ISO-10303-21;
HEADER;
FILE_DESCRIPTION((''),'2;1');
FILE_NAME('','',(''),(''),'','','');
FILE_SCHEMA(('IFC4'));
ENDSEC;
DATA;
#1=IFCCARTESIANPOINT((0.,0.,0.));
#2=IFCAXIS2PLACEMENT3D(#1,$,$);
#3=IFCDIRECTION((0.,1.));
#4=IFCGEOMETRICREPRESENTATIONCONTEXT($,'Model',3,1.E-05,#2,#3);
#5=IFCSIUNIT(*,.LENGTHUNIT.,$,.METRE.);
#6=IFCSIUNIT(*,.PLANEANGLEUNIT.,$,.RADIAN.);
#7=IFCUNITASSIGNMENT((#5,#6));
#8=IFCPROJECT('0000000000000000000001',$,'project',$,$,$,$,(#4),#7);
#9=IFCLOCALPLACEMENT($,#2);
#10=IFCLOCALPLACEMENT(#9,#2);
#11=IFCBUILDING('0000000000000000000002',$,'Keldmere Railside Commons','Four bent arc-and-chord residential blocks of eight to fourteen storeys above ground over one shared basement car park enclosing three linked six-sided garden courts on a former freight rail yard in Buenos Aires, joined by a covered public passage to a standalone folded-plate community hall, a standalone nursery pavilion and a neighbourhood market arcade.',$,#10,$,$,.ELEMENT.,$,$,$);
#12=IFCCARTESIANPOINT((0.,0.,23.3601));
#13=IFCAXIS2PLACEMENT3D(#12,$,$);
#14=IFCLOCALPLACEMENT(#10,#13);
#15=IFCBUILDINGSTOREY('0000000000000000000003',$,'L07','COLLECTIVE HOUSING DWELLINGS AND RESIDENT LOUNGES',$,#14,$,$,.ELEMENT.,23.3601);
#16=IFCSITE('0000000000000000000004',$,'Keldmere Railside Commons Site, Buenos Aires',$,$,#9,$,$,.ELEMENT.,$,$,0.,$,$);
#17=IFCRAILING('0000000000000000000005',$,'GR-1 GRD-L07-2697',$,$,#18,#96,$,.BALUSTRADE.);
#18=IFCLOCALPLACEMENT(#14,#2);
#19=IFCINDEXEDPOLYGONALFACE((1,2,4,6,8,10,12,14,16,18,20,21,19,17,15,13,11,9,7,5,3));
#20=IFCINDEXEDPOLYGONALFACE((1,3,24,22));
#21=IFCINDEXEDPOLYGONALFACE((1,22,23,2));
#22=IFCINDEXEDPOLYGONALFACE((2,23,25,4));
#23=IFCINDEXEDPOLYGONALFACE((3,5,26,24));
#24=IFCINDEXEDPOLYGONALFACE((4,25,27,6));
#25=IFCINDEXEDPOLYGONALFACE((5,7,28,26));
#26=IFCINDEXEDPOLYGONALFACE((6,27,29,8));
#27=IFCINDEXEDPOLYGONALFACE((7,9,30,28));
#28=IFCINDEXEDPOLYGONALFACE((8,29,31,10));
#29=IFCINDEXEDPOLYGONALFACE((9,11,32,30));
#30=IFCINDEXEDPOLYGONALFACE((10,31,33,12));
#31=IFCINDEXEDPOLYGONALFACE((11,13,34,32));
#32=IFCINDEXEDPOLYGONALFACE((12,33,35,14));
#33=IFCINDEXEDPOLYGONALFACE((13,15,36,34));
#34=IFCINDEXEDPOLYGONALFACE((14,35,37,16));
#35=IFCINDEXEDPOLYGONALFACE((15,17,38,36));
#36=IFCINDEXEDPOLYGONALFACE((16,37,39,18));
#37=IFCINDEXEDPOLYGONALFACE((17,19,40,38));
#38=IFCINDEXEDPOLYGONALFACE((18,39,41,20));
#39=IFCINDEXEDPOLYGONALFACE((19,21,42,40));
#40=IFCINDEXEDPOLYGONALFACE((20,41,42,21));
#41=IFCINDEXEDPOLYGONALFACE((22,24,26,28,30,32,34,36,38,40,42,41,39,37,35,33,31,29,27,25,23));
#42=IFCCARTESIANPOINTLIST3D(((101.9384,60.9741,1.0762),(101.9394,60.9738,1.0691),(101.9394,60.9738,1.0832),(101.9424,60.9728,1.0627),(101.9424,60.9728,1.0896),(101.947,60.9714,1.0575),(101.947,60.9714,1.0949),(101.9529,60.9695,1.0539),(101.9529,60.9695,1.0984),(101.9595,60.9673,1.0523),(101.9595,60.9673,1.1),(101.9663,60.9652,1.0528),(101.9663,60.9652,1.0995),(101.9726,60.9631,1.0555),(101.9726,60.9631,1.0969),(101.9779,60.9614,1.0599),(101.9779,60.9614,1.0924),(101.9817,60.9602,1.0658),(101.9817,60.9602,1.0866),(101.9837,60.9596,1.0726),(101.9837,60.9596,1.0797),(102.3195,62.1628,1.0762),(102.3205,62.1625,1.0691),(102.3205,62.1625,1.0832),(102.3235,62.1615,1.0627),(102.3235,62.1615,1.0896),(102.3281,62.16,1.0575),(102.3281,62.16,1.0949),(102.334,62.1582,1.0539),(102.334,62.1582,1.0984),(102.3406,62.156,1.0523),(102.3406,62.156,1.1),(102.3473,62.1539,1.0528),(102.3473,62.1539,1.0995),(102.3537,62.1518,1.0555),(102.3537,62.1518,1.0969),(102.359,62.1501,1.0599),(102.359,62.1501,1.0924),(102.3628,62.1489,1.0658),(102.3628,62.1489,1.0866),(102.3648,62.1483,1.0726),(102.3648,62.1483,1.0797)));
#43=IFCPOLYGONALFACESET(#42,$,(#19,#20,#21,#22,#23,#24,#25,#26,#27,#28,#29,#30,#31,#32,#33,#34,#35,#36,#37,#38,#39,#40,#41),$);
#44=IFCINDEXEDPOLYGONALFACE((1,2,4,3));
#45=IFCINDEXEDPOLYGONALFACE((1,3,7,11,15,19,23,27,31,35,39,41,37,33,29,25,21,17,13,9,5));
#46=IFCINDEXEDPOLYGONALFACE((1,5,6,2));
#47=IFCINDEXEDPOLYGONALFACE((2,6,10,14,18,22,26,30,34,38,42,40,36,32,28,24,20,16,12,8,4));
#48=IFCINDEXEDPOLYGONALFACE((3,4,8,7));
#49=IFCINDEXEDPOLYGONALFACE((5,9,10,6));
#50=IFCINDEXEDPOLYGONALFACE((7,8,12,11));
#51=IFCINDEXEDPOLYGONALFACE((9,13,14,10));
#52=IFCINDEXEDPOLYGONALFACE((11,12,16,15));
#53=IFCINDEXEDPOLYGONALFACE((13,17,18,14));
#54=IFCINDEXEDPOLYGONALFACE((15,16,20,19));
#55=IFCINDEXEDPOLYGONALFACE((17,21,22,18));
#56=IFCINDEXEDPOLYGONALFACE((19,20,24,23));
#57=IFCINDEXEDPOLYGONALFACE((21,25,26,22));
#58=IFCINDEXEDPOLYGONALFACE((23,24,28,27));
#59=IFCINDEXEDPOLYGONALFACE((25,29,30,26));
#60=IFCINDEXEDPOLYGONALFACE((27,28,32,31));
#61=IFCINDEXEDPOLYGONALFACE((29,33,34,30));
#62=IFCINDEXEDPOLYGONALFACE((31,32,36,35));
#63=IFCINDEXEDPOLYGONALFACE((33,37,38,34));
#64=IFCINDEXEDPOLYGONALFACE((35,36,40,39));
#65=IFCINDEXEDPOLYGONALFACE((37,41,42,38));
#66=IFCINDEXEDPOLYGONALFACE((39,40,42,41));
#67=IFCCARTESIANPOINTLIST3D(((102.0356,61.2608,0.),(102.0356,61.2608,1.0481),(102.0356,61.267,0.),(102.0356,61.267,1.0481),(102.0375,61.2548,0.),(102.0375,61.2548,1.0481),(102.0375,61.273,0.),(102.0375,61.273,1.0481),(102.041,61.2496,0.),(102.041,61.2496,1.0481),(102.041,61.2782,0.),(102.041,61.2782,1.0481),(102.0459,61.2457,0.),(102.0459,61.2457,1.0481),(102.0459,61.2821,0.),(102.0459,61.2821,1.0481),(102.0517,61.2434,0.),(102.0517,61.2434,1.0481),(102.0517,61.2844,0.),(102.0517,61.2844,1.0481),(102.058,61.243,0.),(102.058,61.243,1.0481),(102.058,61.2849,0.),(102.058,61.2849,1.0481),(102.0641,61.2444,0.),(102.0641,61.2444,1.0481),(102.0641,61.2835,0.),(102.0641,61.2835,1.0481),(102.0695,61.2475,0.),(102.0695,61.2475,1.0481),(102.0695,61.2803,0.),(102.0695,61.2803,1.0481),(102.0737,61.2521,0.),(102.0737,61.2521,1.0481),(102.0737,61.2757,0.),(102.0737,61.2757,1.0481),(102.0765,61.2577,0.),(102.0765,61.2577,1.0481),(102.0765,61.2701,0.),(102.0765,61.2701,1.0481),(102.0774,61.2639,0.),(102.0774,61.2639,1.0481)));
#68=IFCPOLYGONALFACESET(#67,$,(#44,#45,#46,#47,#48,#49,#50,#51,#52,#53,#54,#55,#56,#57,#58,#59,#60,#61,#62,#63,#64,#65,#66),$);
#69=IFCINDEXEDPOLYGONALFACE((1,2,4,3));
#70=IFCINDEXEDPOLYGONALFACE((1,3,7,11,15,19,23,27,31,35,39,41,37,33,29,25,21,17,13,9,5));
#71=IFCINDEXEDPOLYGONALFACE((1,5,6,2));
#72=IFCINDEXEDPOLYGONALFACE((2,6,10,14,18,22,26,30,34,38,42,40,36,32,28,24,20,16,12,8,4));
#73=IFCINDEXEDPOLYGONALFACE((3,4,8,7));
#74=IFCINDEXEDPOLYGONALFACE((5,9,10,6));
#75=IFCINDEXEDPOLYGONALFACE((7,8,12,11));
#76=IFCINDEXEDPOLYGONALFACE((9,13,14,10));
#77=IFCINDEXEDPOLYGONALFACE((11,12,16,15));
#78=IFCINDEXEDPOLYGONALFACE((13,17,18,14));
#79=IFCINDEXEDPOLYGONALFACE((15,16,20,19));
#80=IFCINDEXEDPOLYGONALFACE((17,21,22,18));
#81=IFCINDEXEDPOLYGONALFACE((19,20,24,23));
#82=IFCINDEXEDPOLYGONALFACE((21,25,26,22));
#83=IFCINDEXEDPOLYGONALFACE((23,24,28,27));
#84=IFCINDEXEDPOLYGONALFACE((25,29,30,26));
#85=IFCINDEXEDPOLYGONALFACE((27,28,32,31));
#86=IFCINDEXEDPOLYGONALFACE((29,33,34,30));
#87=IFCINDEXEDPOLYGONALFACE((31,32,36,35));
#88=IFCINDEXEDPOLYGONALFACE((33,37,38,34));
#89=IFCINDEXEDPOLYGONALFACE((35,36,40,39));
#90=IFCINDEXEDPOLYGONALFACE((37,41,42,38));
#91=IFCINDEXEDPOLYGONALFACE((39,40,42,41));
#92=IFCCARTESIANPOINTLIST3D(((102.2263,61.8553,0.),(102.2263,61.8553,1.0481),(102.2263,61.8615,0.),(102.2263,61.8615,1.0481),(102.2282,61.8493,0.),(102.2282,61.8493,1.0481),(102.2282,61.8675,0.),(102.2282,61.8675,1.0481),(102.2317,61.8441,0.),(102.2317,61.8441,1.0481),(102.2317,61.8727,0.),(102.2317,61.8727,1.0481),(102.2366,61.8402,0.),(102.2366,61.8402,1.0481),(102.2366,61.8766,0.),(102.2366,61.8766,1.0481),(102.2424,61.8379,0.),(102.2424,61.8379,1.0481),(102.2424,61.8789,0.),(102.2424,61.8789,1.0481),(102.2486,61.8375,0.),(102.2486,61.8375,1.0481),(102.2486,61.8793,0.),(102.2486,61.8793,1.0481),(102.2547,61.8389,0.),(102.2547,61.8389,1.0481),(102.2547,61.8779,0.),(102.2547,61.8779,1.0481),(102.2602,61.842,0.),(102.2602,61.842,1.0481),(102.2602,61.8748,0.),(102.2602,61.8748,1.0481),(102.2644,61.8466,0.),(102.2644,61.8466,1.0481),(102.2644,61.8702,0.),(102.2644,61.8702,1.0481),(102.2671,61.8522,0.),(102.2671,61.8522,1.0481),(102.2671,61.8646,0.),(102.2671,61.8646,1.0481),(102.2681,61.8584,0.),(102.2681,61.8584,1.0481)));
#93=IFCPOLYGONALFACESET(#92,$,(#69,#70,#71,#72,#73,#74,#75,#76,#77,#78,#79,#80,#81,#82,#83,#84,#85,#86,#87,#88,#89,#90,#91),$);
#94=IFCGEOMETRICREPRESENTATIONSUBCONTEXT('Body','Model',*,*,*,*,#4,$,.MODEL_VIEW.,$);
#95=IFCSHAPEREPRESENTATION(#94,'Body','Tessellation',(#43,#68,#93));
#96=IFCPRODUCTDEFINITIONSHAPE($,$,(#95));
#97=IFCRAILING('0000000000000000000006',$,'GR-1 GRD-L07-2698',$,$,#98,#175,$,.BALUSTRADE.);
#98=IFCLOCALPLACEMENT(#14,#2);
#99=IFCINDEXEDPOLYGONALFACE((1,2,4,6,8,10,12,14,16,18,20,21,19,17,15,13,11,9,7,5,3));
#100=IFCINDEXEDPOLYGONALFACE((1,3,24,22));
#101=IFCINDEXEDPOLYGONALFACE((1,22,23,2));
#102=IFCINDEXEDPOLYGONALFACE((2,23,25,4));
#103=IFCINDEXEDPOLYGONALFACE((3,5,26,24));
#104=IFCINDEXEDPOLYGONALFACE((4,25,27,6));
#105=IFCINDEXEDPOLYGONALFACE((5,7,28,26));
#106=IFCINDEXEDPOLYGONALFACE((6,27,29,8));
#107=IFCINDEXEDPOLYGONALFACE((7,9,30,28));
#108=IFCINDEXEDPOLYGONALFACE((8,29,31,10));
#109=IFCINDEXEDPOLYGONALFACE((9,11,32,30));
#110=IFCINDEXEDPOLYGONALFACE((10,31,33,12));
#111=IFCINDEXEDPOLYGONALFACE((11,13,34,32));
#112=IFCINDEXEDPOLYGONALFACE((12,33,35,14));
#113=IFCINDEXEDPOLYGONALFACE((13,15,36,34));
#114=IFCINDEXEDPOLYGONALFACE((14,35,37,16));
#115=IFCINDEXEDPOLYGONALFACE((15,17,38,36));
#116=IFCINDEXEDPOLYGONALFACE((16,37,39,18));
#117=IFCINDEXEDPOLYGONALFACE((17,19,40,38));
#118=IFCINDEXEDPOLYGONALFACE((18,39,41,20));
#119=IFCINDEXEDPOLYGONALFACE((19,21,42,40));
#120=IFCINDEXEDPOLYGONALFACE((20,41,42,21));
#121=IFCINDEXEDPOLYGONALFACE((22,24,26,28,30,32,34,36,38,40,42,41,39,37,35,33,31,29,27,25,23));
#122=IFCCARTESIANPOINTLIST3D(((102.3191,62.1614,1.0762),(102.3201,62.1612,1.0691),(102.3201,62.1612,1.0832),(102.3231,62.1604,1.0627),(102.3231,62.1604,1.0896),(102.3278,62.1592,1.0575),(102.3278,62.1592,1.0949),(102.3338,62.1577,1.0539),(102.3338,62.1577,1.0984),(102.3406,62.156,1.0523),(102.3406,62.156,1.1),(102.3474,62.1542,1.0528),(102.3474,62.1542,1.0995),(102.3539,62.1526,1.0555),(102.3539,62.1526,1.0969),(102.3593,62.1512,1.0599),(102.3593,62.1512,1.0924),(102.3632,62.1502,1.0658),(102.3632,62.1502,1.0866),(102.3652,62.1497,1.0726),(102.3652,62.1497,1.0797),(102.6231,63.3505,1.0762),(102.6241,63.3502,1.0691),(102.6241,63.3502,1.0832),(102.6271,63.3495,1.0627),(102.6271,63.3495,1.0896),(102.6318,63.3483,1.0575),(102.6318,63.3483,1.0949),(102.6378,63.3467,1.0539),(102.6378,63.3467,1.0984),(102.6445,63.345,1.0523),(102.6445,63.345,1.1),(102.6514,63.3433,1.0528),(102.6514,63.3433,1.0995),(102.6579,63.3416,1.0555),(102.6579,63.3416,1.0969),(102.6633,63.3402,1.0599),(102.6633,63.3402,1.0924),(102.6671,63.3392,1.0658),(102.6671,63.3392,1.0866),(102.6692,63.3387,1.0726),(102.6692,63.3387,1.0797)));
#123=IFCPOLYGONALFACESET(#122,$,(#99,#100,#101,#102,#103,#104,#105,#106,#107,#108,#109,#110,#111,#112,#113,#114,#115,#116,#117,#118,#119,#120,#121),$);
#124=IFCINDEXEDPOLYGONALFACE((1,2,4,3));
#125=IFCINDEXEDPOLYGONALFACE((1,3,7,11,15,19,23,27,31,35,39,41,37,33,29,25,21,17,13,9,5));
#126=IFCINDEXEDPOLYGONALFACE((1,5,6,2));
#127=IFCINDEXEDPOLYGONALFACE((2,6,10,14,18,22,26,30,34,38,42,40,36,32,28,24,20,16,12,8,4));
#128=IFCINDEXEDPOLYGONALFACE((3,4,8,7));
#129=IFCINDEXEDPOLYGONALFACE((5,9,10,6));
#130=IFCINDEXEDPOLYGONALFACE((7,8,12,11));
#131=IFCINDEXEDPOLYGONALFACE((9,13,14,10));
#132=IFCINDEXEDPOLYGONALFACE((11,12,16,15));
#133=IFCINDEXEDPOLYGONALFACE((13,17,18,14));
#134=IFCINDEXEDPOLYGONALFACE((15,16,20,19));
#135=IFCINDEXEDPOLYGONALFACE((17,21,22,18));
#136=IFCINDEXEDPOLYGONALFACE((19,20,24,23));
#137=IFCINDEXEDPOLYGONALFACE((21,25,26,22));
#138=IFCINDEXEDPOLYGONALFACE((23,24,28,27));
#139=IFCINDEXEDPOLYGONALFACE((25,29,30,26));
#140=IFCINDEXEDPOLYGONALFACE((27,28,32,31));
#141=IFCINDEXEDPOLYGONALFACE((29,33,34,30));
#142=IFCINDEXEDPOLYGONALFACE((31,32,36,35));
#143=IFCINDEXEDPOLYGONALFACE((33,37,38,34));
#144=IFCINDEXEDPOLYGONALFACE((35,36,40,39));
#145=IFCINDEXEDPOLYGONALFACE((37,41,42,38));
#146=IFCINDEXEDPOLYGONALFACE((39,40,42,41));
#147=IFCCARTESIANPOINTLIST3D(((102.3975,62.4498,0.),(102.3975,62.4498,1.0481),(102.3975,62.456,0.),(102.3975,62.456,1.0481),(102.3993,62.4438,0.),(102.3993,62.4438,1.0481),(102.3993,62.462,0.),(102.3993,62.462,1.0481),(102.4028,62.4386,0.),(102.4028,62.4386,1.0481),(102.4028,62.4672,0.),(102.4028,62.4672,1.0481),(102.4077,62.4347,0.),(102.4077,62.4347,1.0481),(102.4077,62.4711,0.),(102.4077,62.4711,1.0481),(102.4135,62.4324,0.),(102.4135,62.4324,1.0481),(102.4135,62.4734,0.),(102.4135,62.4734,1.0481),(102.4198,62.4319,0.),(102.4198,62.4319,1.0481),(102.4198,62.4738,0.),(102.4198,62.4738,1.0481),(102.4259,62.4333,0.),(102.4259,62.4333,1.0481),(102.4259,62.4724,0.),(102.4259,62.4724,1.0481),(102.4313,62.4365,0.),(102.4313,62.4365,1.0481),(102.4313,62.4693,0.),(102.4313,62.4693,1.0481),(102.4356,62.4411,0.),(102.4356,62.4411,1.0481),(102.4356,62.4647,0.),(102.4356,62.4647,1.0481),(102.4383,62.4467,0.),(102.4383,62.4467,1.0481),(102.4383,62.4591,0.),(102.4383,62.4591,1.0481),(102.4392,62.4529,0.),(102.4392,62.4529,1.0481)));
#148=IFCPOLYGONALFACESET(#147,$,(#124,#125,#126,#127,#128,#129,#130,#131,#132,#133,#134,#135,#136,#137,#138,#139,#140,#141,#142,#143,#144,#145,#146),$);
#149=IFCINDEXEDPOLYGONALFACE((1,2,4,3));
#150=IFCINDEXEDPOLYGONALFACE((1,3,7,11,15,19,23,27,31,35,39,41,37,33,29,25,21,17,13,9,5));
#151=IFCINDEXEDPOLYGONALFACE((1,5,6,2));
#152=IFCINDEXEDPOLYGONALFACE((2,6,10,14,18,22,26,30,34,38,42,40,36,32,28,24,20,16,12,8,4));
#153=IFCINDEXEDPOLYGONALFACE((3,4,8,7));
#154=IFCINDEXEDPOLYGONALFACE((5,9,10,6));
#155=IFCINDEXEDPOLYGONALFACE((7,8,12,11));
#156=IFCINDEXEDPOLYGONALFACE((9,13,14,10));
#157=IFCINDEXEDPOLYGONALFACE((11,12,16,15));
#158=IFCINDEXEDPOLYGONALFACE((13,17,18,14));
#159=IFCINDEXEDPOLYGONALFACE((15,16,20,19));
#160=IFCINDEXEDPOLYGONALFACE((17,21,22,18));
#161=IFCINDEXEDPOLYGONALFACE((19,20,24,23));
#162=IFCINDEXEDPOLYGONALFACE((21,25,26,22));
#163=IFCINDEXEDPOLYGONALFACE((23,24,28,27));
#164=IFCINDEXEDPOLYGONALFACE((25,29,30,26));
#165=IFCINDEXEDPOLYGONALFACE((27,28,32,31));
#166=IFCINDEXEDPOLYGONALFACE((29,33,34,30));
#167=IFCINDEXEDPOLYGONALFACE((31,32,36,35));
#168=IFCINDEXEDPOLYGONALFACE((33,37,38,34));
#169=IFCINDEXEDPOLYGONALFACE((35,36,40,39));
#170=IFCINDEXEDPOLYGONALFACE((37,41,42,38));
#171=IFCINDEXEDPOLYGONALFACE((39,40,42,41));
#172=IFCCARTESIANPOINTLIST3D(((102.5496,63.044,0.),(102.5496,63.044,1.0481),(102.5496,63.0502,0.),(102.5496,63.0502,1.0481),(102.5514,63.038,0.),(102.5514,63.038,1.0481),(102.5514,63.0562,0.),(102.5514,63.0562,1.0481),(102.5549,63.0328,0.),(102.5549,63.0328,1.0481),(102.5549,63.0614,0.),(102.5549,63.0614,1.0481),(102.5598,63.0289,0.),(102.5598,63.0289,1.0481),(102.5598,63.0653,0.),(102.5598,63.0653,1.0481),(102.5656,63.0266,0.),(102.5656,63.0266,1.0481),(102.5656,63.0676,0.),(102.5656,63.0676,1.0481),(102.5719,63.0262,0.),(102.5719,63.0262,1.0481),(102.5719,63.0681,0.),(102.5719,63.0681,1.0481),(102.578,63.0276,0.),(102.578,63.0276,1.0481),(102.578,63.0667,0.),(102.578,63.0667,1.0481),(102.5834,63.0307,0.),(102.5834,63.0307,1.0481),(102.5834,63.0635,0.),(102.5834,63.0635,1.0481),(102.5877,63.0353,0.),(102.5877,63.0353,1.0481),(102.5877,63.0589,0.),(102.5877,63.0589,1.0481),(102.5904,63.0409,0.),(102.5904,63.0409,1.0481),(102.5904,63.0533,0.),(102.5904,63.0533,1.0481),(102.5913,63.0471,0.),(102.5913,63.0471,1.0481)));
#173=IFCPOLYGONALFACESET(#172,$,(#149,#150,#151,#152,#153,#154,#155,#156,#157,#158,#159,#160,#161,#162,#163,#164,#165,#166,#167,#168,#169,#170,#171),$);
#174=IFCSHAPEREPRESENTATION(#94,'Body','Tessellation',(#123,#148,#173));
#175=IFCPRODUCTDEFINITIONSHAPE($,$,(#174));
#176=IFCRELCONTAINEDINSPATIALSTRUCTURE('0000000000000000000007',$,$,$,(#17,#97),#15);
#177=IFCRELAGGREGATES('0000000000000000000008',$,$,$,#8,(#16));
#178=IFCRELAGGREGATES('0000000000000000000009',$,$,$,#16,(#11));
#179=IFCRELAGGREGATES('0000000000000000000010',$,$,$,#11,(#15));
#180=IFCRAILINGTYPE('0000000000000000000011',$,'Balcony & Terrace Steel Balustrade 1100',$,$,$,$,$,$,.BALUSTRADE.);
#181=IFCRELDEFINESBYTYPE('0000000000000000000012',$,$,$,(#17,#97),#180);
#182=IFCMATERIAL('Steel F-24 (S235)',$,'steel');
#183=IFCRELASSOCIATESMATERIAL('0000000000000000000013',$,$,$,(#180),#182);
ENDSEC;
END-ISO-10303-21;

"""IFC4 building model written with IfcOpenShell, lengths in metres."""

from ifc_helpers import new_model, si_unit, direction, frame, origin, origin_2d, place, context, subcontext, project, spatial, circle, extrude, material, type_object, element, save


model = new_model("IFC4")

# Units and contexts
model_context = context("Model", 3, precision=1e-05, world=origin(), true_north=direction((0.0, 1.0)))
body_context = subcontext(model_context, "Body", "Model", "MODEL_VIEW")
ifc_project = project(units=[si_unit("LENGTHUNIT", "METRE"), si_unit("PLANEANGLEUNIT", "RADIAN")], contexts=[model_context])

# Site, building, storey
site_placement = place(None, origin())
site = spatial("IfcSite", under=ifc_project, at=site_placement, Name="Keldmere Railside Commons Site, Buenos Aires", CompositionType="ELEMENT", RefElevation=0.0)
building_placement = place(site_placement, origin())
building = spatial("IfcBuilding", under=site, at=building_placement, Name="Keldmere Railside Commons", Description="Four bent arc-and-chord residential blocks of eight to fourteen storeys above ground over one shared basement car park enclosing three linked six-sided garden courts on a former freight rail yard in Buenos Aires, joined by a covered public passage to a standalone folded-plate community hall, a standalone nursery pavilion and a neighbourhood market arcade.", CompositionType="ELEMENT")
storey_placement = place(building_placement, frame((0.0, 0.0, 23.3601)))
storey = spatial("IfcBuildingStorey", under=building, at=storey_placement, Name="L07", Description="COLLECTIVE HOUSING DWELLINGS AND RESIDENT LOUNGES", CompositionType="ELEMENT", Elevation=23.3601)

# Railings
ifc_material_1 = material(Name="Steel F-24 (S235)", Category="steel")
railing_type = type_object("IfcRailingType", Name="Balcony & Terrace Steel Balustrade 1100", PredefinedType="BALUSTRADE", material=ifc_material_1)
railing_1_placement = place(storey_placement, frame((101.9612, 60.9668, 0.0)))
element("IfcRailing", 1, at=railing_1_placement, inside=storey, type_object=railing_type, Name="GR-1 GRD-L07-2697", PredefinedType="BALUSTRADE", context=body_context, shape_type="SweptSolid", body=[
    extrude(circle(Radius=0.0239, at=origin_2d()), frame((0.0, 0.0, 1.0762), z_axis=(0.305294, 0.952258, 0.0), x_axis=(-0.952258, 0.305294, 0.0)), (0.0, 0.0, 1.0), 1.2483),
    extrude(circle(Radius=0.021, at=origin_2d()), frame((0.0952, 0.2971, 0.0)), (0.0, 0.0, 1.0), 1.0481),
    extrude(circle(Radius=0.021, at=origin_2d()), frame((0.2859, 0.8916, 0.0)), (0.0, 0.0, 1.0), 1.0481),
])
railing_2_placement = place(storey_placement, frame((102.3423, 62.1555, 0.0)))
element("IfcRailing", 2, at=railing_2_placement, inside=storey, type_object=railing_type, Name="GR-1 GRD-L07-2698", PredefinedType="BALUSTRADE", context=body_context, shape_type="SweptSolid", body=[
    extrude(circle(Radius=0.0239, at=origin_2d()), frame((0.0, 0.0, 1.0762), z_axis=(0.247681, 0.968842, 0.0), x_axis=(-0.968842, 0.247681, 0.0)), (0.0, 0.0, 1.0), 1.2273),
    extrude(circle(Radius=0.021, at=origin_2d()), frame((0.0759, 0.2974, 0.0)), (0.0, 0.0, 1.0), 1.0481),
    extrude(circle(Radius=0.021, at=origin_2d()), frame((0.228, 0.8916, 0.0)), (0.0, 0.0, 1.0), 1.0481),
])

save(model, "model.ifc")
